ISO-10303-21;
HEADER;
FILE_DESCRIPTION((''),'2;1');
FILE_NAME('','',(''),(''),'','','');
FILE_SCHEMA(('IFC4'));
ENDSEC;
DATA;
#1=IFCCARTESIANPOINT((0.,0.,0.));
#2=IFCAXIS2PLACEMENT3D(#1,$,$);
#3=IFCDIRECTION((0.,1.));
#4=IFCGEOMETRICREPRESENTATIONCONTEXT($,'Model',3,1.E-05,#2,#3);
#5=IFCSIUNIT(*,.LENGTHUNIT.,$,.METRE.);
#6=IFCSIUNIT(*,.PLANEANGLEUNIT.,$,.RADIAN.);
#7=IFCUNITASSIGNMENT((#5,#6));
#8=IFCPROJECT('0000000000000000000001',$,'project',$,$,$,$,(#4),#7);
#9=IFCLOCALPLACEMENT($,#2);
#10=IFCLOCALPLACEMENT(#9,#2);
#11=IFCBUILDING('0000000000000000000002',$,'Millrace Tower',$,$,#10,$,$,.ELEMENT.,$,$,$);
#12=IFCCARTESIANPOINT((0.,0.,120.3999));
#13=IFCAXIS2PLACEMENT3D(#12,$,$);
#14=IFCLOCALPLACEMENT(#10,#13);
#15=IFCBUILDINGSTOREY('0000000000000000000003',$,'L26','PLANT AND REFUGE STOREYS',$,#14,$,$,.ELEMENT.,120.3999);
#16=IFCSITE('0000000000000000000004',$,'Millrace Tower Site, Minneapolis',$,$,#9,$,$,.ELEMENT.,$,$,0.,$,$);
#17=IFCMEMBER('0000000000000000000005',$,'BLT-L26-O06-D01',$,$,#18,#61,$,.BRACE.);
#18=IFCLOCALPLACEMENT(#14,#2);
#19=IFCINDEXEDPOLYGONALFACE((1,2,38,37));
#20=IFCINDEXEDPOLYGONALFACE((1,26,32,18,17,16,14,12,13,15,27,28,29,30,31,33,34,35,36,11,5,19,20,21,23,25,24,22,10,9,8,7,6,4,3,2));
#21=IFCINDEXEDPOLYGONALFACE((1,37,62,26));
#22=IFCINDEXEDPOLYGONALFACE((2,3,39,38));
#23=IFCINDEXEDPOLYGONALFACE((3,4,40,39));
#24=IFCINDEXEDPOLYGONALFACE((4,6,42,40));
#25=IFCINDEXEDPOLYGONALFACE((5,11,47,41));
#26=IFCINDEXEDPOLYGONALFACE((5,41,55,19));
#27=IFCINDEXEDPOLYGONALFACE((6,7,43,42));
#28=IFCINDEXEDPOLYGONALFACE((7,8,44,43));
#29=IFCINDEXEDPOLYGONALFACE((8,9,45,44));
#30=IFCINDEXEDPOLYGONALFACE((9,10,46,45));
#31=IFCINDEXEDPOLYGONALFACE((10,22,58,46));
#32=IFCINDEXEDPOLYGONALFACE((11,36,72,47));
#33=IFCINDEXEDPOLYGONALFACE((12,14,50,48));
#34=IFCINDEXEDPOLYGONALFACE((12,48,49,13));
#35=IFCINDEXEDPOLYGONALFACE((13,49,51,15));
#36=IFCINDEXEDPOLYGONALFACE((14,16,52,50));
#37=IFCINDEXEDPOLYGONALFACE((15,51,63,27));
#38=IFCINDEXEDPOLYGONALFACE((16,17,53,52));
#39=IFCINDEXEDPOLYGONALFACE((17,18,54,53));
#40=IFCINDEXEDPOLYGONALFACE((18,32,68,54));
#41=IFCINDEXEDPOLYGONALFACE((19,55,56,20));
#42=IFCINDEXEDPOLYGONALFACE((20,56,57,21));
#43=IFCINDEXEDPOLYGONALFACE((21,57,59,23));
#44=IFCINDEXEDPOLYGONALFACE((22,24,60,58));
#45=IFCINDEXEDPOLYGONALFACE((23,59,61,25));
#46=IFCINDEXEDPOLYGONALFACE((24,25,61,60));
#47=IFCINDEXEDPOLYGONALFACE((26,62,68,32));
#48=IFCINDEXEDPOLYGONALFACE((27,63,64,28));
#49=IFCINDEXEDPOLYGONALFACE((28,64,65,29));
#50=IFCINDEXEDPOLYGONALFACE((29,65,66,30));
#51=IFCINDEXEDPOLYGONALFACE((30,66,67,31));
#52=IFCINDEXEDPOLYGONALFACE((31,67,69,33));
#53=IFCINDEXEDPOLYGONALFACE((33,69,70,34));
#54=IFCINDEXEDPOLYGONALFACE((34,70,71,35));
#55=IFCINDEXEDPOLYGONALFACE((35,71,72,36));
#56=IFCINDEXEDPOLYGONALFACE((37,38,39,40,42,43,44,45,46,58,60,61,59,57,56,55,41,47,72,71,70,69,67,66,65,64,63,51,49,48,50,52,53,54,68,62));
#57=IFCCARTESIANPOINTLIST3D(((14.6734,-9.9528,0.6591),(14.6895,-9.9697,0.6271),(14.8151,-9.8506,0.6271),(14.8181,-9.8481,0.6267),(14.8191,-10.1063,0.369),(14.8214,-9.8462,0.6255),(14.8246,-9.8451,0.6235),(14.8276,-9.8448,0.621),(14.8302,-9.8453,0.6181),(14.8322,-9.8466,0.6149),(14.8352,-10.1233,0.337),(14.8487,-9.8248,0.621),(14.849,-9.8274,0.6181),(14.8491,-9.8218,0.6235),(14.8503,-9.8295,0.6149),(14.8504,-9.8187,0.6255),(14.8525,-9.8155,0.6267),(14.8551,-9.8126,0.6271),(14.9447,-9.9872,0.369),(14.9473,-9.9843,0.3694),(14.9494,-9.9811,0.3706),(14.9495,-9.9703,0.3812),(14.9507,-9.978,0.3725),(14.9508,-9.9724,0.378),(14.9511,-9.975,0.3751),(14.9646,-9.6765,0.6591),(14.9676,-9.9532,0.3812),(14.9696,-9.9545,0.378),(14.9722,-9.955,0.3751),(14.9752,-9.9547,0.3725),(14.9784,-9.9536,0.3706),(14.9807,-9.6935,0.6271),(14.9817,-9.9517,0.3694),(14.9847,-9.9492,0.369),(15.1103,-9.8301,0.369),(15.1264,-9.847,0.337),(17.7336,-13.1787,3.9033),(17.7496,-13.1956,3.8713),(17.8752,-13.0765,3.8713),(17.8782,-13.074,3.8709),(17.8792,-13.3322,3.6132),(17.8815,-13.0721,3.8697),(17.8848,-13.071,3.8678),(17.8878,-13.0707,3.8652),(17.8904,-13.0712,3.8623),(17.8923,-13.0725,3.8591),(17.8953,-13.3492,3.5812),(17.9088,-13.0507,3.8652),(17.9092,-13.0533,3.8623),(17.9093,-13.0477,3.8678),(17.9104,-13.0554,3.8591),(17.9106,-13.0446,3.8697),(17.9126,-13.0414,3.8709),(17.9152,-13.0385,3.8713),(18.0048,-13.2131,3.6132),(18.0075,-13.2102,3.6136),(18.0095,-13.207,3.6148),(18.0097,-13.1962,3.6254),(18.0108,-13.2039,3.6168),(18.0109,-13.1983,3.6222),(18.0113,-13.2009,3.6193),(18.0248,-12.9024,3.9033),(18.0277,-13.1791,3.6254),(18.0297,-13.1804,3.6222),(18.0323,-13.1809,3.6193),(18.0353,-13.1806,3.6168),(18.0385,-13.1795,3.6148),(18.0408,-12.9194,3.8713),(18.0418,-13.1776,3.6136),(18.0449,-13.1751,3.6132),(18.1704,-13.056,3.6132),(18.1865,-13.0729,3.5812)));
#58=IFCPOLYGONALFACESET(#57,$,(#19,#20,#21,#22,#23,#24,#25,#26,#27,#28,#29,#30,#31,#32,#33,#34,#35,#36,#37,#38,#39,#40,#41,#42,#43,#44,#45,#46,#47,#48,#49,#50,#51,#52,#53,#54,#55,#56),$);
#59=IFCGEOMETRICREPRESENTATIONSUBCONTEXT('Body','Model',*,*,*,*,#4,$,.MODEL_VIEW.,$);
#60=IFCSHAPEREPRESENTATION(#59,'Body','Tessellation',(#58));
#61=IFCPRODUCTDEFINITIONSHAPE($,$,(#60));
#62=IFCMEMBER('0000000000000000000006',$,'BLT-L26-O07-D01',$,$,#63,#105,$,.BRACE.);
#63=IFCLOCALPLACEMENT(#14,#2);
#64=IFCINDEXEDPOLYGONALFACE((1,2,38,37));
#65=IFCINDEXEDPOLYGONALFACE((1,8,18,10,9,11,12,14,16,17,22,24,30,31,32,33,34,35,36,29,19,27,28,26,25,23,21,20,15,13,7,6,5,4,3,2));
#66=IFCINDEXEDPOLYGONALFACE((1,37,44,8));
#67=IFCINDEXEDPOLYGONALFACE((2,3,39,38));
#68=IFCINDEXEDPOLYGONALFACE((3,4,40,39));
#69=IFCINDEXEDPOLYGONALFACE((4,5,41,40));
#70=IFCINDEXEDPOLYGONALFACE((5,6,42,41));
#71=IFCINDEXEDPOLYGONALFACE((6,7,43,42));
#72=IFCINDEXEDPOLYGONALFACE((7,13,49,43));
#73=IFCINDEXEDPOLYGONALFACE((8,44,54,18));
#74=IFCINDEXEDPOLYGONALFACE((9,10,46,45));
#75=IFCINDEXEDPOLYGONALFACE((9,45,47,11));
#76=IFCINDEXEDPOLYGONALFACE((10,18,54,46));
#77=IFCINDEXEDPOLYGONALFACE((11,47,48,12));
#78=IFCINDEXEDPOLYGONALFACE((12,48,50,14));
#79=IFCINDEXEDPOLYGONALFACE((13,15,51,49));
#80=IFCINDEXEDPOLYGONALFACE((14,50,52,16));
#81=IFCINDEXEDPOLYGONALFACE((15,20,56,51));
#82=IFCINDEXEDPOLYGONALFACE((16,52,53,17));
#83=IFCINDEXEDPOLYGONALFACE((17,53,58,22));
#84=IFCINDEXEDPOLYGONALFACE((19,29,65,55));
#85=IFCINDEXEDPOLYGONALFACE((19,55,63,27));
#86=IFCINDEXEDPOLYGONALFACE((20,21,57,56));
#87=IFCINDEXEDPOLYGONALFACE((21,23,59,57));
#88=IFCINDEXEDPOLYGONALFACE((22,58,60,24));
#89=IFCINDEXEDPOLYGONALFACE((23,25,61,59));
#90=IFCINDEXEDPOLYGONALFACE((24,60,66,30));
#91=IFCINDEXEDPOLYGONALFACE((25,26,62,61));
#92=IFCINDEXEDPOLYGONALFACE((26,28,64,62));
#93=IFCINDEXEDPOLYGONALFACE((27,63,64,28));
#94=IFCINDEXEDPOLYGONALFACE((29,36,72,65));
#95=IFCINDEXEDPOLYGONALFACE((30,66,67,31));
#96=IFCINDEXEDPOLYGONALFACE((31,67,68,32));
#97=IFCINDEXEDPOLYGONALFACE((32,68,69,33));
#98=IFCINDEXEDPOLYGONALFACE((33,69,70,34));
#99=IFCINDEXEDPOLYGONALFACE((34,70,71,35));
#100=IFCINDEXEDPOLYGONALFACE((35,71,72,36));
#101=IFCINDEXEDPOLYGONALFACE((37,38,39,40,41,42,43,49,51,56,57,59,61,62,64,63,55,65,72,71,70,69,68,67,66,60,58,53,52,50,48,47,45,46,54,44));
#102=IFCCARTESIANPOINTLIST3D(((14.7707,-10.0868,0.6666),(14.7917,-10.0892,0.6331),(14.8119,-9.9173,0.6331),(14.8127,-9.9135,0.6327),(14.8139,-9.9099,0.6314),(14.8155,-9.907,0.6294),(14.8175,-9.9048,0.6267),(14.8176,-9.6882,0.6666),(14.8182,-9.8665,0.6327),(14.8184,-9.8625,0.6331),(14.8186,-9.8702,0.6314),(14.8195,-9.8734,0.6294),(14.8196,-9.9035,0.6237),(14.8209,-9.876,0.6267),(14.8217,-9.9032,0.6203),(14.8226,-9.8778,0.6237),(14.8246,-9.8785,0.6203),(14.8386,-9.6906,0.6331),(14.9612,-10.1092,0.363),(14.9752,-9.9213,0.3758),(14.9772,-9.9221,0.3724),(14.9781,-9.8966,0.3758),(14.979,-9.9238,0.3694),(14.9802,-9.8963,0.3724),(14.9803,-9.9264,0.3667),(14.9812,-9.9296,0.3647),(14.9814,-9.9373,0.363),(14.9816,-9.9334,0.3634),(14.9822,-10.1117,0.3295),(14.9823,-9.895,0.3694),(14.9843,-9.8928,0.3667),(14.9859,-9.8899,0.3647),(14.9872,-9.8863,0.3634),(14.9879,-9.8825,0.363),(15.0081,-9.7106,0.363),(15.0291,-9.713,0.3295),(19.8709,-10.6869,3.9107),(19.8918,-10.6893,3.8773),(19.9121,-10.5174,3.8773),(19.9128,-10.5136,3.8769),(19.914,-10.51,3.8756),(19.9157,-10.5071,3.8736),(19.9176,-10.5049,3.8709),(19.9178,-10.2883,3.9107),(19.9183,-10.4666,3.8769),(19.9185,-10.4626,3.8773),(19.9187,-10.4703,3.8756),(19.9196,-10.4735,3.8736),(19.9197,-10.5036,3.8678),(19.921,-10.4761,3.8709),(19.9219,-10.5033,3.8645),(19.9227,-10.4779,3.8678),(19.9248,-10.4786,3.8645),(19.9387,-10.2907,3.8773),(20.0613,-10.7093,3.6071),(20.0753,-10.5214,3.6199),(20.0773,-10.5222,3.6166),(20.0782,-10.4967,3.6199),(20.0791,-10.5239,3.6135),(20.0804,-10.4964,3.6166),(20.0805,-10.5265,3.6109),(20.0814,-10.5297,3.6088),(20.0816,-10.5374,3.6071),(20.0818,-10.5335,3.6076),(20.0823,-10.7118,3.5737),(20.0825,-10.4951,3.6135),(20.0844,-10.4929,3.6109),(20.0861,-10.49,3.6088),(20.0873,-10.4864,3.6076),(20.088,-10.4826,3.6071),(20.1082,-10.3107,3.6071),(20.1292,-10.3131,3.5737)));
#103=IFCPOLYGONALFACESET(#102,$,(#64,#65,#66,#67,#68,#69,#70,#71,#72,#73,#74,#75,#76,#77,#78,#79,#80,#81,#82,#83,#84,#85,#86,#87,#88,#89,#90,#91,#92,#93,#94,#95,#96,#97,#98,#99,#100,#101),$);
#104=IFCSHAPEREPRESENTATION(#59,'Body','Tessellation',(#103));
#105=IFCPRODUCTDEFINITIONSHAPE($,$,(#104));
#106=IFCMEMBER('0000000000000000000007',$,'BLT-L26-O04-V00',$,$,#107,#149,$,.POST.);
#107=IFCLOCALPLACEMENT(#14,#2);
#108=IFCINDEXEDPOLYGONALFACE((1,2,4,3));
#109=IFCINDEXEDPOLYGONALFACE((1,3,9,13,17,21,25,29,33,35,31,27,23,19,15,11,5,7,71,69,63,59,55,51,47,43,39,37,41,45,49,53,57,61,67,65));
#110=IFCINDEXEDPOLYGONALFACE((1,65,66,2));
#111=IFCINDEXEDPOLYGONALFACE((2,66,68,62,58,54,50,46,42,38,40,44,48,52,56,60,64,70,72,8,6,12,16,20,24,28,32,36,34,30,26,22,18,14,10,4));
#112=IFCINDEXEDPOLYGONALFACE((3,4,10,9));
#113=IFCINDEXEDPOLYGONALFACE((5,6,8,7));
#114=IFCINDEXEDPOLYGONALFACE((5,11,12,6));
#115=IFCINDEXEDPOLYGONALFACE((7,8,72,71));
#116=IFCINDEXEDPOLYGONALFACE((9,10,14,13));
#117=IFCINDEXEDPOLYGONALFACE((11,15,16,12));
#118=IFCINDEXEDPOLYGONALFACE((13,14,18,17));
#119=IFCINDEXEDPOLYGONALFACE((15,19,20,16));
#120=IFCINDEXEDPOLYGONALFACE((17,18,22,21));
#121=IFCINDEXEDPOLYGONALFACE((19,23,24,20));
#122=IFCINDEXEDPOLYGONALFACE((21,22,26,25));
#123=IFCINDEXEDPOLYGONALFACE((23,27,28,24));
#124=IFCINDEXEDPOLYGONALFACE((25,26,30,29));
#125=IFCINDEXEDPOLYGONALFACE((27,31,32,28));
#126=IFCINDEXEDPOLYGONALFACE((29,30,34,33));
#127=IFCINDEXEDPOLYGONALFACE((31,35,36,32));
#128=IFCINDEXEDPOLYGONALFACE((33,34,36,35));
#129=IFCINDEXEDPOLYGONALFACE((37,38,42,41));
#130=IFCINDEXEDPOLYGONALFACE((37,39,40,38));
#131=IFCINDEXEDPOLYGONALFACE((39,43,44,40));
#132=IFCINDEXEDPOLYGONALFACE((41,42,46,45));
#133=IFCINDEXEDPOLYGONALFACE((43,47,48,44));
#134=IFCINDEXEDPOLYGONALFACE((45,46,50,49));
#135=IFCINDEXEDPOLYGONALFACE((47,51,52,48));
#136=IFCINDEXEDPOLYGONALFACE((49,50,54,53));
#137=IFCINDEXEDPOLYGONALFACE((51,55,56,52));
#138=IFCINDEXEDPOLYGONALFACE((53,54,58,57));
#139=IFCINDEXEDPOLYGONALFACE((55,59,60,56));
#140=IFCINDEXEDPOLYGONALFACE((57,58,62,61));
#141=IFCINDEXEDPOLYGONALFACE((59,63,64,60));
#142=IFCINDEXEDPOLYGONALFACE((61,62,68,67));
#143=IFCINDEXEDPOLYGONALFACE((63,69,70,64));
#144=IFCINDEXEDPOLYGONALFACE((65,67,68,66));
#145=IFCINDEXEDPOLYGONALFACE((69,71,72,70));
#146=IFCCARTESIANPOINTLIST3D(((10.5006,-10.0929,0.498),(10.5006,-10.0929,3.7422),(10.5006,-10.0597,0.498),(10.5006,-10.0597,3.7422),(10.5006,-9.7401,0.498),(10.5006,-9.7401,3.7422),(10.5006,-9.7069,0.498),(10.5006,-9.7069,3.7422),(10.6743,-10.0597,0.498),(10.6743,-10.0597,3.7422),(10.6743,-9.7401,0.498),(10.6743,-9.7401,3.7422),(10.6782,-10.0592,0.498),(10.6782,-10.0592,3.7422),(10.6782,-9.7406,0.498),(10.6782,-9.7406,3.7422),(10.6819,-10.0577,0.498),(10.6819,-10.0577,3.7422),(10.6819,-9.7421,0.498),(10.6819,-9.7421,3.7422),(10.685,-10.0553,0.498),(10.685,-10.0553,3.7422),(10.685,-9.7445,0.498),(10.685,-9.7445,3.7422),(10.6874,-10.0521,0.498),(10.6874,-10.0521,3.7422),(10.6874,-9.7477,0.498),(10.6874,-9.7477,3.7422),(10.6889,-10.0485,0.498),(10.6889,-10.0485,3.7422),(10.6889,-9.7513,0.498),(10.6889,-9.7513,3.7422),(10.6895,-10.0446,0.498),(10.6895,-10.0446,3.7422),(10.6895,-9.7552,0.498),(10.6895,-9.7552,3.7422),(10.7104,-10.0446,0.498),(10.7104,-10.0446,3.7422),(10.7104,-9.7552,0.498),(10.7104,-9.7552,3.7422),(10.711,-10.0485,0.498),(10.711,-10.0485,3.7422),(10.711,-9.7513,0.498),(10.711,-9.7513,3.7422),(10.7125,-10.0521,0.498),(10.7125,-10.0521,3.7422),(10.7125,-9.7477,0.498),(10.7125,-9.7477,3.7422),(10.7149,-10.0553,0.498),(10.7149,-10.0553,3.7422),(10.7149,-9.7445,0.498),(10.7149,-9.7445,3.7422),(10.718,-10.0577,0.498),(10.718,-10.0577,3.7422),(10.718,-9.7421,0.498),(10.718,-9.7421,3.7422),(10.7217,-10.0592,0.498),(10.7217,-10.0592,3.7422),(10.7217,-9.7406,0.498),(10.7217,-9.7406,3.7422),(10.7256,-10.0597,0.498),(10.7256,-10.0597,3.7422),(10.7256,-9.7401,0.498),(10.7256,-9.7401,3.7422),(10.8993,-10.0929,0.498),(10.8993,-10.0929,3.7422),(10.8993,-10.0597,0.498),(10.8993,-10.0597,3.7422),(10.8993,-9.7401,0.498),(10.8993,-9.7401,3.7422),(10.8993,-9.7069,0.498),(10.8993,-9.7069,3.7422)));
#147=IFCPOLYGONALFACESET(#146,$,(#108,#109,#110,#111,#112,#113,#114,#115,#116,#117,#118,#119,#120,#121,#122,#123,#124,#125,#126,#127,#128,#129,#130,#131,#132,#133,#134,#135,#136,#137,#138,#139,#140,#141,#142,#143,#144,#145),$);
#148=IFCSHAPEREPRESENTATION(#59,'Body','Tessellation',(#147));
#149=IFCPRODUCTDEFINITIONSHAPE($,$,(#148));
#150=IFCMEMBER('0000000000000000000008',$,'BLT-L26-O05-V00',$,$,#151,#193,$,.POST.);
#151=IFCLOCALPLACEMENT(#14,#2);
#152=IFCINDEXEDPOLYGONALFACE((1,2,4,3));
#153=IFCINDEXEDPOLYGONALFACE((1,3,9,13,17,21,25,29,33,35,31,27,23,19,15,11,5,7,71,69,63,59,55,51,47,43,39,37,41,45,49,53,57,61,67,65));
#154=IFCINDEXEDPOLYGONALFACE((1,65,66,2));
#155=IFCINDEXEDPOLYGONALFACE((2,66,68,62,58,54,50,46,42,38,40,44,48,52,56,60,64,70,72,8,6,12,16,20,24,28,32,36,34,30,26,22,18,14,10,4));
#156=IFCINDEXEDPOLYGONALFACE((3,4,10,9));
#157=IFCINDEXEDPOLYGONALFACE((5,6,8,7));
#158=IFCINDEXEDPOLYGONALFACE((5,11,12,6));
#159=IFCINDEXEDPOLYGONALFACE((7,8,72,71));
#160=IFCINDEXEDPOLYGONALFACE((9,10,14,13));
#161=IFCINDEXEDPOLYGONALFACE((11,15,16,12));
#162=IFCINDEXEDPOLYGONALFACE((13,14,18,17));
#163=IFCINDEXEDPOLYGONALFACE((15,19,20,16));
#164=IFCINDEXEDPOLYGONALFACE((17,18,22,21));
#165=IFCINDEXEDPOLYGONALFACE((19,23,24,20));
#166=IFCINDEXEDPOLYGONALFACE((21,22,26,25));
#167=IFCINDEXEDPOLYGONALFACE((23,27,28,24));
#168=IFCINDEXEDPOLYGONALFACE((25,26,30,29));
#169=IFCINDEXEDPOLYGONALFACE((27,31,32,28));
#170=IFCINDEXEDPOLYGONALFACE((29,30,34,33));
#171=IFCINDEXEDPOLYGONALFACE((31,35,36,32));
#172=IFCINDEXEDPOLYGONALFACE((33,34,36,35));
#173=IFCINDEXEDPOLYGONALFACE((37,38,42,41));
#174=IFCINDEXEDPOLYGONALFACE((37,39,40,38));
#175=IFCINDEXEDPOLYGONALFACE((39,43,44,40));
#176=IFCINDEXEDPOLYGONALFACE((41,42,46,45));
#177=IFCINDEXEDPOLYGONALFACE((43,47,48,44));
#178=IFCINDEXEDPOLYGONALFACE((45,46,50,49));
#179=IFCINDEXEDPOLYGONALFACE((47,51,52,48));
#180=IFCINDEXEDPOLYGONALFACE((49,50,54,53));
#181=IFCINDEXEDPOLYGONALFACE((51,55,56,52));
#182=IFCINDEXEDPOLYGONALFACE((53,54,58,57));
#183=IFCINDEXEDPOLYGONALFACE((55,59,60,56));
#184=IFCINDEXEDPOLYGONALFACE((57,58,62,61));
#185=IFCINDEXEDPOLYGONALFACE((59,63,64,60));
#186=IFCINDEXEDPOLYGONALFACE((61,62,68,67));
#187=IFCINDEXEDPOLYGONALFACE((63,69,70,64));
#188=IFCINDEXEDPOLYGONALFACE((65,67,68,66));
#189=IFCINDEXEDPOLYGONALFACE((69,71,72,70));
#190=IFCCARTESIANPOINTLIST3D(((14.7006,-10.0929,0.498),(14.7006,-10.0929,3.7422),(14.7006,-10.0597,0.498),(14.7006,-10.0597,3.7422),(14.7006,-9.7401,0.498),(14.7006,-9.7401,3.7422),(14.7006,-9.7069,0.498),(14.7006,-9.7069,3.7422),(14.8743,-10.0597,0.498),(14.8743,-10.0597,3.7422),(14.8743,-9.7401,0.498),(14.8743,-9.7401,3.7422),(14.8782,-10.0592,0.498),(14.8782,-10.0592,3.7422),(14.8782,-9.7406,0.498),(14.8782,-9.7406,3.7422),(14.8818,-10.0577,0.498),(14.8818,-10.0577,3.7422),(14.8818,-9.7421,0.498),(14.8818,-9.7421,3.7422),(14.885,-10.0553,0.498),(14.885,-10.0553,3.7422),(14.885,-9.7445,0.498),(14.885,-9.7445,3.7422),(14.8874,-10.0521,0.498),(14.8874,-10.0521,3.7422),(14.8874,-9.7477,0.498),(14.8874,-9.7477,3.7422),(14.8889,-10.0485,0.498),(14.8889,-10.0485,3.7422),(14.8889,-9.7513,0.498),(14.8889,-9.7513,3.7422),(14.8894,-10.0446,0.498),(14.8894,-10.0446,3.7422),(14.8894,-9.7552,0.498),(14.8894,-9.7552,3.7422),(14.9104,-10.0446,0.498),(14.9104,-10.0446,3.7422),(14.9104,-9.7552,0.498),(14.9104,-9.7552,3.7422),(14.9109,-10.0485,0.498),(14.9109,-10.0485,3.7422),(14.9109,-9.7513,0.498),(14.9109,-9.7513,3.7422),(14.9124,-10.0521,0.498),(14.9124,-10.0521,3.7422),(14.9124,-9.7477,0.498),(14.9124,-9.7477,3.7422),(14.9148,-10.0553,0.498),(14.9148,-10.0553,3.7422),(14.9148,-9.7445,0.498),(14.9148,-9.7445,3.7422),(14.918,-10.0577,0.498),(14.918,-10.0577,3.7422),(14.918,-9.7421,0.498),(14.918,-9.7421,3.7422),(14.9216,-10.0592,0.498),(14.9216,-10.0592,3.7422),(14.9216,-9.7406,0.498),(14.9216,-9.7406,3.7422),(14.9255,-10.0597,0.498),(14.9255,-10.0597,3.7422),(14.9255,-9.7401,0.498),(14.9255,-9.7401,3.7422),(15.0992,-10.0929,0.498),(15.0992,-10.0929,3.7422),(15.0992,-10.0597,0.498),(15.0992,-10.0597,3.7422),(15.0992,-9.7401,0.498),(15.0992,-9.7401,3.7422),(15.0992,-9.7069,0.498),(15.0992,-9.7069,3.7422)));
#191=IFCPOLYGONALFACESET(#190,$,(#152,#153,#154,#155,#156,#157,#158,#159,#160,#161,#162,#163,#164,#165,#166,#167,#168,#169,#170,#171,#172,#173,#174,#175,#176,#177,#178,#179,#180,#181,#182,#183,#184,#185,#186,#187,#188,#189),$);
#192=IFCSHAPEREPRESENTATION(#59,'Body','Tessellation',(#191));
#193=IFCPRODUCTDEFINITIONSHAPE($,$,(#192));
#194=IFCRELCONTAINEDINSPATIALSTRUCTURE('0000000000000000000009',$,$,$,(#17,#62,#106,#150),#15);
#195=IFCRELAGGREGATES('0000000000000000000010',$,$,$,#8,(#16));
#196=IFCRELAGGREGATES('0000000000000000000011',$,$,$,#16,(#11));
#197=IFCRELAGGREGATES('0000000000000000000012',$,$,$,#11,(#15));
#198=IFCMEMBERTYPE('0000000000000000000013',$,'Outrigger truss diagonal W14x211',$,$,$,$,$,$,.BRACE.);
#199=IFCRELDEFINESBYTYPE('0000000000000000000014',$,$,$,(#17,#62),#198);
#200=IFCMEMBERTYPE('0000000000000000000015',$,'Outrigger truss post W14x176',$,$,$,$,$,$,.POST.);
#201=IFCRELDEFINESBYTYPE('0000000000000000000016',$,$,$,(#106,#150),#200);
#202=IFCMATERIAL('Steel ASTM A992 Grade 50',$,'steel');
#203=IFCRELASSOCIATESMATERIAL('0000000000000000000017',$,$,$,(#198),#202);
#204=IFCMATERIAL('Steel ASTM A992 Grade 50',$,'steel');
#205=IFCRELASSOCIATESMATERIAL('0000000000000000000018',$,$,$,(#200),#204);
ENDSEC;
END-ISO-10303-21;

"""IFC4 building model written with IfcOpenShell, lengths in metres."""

from ifc_helpers import new_model, si_unit, direction, frame, origin, origin_2d, place, context, subcontext, project, spatial, i_section, extrude, material, material_profile, profile_set, type_object, element, save


model = new_model("IFC4")

# Units and contexts
model_context = context("Model", 3, precision=1e-05, world=origin(), true_north=direction((0.0, 1.0)))
body_context = subcontext(model_context, "Body", "Model", "MODEL_VIEW")
ifc_project = project(units=[si_unit("LENGTHUNIT", "METRE"), si_unit("PLANEANGLEUNIT", "RADIAN")], contexts=[model_context])

# Site, building, storey
site_placement = place(None, origin())
site = spatial("IfcSite", under=ifc_project, at=site_placement, Name="Millrace Tower Site, Minneapolis", CompositionType="ELEMENT", RefElevation=0.0)
building_placement = place(site_placement, origin())
building = spatial("IfcBuilding", under=site, at=building_placement, Name="Millrace Tower", CompositionType="ELEMENT")
storey_placement = place(building_placement, frame((0.0, 0.0, 120.3999)))
storey = spatial("IfcBuildingStorey", under=building, at=storey_placement, Name="L26", Description="PLANT AND REFUGE STOREYS", CompositionType="ELEMENT", Elevation=120.3999)

# Members
ifc_material_1 = material(Name="Steel ASTM A992 Grade 50", Category="steel")
ifc_material_profile_1 = material_profile(ifc_material_1, i_section(OverallWidth=0.4014, OverallDepth=0.3987, WebThickness=0.0249, FlangeThickness=0.0396, FilletRadius=0.0151, at=origin_2d()))
ifc_profile_set_1 = profile_set([ifc_material_profile_1], Name="Steel ASTM A992 Grade 50")
member_type_1 = type_object("IfcMemberType", Name="Outrigger truss diagonal W14x211", PredefinedType="BRACE", material=ifc_profile_set_1)
member_1_placement = place(storey_placement, frame((14.8999, -9.8999, 0.498), z_axis=(0.555967, -0.586085, 0.589411), x_axis=(0.725502, 0.68822, 0.0)))
element("IfcMember", 1, at=member_1_placement, inside=storey, type_object=member_type_1, Name="BLT-L26-O06-D01", PredefinedType="BRACE", context=body_context, shape_type="SweptSolid", body=[
    extrude(i_section(OverallWidth=0.4014, OverallDepth=0.3987, WebThickness=0.0249, FlangeThickness=0.0396, FilletRadius=0.0151, at=origin_2d()), origin(), (0.0, 0.0, 1.0), 5.5042),
])
member_2_placement = place(storey_placement, frame((14.8999, -9.8999, 0.498), z_axis=(0.839637, -0.098795, 0.534088), x_axis=(0.116858, 0.993149, 0.0)))
element("IfcMember", 2, at=member_2_placement, inside=storey, type_object=member_type_1, Name="BLT-L26-O07-D01", PredefinedType="BRACE", context=body_context, shape_type="SweptSolid", body=[
    extrude(i_section(OverallWidth=0.4014, OverallDepth=0.3987, WebThickness=0.0249, FlangeThickness=0.0396, FilletRadius=0.0151, at=origin_2d()), origin(), (0.0, 0.0, 1.0), 6.0742),
])
ifc_material_2 = material(Name="Steel ASTM A992 Grade 50", Category="steel")
ifc_material_profile_2 = material_profile(ifc_material_2, i_section(OverallWidth=0.3987, OverallDepth=0.386, WebThickness=0.021, FlangeThickness=0.0332, FilletRadius=0.0151, at=origin_2d()))
ifc_profile_set_2 = profile_set([ifc_material_profile_2], Name="Steel ASTM A992 Grade 50")
member_type_2 = type_object("IfcMemberType", Name="Outrigger truss post W14x176", PredefinedType="POST", material=ifc_profile_set_2)
for number, where, z_axis, x_axis, name in (
    (3, (10.7, -9.8999, 0.498), (0.0, 0.0, 1.0), (1.0, 0.0, 0.0), "BLT-L26-O04-V00"),
    (4, (14.8999, -9.8999, 0.498), (0.0, 0.0, 1.0), (1.0, 0.0, 0.0), "BLT-L26-O05-V00"),
):
    element("IfcMember", number, at=place(storey_placement, frame(where, z_axis=z_axis, x_axis=x_axis)), inside=storey, type_object=member_type_2, Name=name, PredefinedType="POST", context=body_context, shape_type="SweptSolid", body=[
        extrude(i_section(OverallWidth=0.3987, OverallDepth=0.386, WebThickness=0.021, FlangeThickness=0.0332, FilletRadius=0.0151, at=origin_2d()), origin(), (0.0, 0.0, 1.0), 3.2441),
    ])

save(model, "model.ifc")
